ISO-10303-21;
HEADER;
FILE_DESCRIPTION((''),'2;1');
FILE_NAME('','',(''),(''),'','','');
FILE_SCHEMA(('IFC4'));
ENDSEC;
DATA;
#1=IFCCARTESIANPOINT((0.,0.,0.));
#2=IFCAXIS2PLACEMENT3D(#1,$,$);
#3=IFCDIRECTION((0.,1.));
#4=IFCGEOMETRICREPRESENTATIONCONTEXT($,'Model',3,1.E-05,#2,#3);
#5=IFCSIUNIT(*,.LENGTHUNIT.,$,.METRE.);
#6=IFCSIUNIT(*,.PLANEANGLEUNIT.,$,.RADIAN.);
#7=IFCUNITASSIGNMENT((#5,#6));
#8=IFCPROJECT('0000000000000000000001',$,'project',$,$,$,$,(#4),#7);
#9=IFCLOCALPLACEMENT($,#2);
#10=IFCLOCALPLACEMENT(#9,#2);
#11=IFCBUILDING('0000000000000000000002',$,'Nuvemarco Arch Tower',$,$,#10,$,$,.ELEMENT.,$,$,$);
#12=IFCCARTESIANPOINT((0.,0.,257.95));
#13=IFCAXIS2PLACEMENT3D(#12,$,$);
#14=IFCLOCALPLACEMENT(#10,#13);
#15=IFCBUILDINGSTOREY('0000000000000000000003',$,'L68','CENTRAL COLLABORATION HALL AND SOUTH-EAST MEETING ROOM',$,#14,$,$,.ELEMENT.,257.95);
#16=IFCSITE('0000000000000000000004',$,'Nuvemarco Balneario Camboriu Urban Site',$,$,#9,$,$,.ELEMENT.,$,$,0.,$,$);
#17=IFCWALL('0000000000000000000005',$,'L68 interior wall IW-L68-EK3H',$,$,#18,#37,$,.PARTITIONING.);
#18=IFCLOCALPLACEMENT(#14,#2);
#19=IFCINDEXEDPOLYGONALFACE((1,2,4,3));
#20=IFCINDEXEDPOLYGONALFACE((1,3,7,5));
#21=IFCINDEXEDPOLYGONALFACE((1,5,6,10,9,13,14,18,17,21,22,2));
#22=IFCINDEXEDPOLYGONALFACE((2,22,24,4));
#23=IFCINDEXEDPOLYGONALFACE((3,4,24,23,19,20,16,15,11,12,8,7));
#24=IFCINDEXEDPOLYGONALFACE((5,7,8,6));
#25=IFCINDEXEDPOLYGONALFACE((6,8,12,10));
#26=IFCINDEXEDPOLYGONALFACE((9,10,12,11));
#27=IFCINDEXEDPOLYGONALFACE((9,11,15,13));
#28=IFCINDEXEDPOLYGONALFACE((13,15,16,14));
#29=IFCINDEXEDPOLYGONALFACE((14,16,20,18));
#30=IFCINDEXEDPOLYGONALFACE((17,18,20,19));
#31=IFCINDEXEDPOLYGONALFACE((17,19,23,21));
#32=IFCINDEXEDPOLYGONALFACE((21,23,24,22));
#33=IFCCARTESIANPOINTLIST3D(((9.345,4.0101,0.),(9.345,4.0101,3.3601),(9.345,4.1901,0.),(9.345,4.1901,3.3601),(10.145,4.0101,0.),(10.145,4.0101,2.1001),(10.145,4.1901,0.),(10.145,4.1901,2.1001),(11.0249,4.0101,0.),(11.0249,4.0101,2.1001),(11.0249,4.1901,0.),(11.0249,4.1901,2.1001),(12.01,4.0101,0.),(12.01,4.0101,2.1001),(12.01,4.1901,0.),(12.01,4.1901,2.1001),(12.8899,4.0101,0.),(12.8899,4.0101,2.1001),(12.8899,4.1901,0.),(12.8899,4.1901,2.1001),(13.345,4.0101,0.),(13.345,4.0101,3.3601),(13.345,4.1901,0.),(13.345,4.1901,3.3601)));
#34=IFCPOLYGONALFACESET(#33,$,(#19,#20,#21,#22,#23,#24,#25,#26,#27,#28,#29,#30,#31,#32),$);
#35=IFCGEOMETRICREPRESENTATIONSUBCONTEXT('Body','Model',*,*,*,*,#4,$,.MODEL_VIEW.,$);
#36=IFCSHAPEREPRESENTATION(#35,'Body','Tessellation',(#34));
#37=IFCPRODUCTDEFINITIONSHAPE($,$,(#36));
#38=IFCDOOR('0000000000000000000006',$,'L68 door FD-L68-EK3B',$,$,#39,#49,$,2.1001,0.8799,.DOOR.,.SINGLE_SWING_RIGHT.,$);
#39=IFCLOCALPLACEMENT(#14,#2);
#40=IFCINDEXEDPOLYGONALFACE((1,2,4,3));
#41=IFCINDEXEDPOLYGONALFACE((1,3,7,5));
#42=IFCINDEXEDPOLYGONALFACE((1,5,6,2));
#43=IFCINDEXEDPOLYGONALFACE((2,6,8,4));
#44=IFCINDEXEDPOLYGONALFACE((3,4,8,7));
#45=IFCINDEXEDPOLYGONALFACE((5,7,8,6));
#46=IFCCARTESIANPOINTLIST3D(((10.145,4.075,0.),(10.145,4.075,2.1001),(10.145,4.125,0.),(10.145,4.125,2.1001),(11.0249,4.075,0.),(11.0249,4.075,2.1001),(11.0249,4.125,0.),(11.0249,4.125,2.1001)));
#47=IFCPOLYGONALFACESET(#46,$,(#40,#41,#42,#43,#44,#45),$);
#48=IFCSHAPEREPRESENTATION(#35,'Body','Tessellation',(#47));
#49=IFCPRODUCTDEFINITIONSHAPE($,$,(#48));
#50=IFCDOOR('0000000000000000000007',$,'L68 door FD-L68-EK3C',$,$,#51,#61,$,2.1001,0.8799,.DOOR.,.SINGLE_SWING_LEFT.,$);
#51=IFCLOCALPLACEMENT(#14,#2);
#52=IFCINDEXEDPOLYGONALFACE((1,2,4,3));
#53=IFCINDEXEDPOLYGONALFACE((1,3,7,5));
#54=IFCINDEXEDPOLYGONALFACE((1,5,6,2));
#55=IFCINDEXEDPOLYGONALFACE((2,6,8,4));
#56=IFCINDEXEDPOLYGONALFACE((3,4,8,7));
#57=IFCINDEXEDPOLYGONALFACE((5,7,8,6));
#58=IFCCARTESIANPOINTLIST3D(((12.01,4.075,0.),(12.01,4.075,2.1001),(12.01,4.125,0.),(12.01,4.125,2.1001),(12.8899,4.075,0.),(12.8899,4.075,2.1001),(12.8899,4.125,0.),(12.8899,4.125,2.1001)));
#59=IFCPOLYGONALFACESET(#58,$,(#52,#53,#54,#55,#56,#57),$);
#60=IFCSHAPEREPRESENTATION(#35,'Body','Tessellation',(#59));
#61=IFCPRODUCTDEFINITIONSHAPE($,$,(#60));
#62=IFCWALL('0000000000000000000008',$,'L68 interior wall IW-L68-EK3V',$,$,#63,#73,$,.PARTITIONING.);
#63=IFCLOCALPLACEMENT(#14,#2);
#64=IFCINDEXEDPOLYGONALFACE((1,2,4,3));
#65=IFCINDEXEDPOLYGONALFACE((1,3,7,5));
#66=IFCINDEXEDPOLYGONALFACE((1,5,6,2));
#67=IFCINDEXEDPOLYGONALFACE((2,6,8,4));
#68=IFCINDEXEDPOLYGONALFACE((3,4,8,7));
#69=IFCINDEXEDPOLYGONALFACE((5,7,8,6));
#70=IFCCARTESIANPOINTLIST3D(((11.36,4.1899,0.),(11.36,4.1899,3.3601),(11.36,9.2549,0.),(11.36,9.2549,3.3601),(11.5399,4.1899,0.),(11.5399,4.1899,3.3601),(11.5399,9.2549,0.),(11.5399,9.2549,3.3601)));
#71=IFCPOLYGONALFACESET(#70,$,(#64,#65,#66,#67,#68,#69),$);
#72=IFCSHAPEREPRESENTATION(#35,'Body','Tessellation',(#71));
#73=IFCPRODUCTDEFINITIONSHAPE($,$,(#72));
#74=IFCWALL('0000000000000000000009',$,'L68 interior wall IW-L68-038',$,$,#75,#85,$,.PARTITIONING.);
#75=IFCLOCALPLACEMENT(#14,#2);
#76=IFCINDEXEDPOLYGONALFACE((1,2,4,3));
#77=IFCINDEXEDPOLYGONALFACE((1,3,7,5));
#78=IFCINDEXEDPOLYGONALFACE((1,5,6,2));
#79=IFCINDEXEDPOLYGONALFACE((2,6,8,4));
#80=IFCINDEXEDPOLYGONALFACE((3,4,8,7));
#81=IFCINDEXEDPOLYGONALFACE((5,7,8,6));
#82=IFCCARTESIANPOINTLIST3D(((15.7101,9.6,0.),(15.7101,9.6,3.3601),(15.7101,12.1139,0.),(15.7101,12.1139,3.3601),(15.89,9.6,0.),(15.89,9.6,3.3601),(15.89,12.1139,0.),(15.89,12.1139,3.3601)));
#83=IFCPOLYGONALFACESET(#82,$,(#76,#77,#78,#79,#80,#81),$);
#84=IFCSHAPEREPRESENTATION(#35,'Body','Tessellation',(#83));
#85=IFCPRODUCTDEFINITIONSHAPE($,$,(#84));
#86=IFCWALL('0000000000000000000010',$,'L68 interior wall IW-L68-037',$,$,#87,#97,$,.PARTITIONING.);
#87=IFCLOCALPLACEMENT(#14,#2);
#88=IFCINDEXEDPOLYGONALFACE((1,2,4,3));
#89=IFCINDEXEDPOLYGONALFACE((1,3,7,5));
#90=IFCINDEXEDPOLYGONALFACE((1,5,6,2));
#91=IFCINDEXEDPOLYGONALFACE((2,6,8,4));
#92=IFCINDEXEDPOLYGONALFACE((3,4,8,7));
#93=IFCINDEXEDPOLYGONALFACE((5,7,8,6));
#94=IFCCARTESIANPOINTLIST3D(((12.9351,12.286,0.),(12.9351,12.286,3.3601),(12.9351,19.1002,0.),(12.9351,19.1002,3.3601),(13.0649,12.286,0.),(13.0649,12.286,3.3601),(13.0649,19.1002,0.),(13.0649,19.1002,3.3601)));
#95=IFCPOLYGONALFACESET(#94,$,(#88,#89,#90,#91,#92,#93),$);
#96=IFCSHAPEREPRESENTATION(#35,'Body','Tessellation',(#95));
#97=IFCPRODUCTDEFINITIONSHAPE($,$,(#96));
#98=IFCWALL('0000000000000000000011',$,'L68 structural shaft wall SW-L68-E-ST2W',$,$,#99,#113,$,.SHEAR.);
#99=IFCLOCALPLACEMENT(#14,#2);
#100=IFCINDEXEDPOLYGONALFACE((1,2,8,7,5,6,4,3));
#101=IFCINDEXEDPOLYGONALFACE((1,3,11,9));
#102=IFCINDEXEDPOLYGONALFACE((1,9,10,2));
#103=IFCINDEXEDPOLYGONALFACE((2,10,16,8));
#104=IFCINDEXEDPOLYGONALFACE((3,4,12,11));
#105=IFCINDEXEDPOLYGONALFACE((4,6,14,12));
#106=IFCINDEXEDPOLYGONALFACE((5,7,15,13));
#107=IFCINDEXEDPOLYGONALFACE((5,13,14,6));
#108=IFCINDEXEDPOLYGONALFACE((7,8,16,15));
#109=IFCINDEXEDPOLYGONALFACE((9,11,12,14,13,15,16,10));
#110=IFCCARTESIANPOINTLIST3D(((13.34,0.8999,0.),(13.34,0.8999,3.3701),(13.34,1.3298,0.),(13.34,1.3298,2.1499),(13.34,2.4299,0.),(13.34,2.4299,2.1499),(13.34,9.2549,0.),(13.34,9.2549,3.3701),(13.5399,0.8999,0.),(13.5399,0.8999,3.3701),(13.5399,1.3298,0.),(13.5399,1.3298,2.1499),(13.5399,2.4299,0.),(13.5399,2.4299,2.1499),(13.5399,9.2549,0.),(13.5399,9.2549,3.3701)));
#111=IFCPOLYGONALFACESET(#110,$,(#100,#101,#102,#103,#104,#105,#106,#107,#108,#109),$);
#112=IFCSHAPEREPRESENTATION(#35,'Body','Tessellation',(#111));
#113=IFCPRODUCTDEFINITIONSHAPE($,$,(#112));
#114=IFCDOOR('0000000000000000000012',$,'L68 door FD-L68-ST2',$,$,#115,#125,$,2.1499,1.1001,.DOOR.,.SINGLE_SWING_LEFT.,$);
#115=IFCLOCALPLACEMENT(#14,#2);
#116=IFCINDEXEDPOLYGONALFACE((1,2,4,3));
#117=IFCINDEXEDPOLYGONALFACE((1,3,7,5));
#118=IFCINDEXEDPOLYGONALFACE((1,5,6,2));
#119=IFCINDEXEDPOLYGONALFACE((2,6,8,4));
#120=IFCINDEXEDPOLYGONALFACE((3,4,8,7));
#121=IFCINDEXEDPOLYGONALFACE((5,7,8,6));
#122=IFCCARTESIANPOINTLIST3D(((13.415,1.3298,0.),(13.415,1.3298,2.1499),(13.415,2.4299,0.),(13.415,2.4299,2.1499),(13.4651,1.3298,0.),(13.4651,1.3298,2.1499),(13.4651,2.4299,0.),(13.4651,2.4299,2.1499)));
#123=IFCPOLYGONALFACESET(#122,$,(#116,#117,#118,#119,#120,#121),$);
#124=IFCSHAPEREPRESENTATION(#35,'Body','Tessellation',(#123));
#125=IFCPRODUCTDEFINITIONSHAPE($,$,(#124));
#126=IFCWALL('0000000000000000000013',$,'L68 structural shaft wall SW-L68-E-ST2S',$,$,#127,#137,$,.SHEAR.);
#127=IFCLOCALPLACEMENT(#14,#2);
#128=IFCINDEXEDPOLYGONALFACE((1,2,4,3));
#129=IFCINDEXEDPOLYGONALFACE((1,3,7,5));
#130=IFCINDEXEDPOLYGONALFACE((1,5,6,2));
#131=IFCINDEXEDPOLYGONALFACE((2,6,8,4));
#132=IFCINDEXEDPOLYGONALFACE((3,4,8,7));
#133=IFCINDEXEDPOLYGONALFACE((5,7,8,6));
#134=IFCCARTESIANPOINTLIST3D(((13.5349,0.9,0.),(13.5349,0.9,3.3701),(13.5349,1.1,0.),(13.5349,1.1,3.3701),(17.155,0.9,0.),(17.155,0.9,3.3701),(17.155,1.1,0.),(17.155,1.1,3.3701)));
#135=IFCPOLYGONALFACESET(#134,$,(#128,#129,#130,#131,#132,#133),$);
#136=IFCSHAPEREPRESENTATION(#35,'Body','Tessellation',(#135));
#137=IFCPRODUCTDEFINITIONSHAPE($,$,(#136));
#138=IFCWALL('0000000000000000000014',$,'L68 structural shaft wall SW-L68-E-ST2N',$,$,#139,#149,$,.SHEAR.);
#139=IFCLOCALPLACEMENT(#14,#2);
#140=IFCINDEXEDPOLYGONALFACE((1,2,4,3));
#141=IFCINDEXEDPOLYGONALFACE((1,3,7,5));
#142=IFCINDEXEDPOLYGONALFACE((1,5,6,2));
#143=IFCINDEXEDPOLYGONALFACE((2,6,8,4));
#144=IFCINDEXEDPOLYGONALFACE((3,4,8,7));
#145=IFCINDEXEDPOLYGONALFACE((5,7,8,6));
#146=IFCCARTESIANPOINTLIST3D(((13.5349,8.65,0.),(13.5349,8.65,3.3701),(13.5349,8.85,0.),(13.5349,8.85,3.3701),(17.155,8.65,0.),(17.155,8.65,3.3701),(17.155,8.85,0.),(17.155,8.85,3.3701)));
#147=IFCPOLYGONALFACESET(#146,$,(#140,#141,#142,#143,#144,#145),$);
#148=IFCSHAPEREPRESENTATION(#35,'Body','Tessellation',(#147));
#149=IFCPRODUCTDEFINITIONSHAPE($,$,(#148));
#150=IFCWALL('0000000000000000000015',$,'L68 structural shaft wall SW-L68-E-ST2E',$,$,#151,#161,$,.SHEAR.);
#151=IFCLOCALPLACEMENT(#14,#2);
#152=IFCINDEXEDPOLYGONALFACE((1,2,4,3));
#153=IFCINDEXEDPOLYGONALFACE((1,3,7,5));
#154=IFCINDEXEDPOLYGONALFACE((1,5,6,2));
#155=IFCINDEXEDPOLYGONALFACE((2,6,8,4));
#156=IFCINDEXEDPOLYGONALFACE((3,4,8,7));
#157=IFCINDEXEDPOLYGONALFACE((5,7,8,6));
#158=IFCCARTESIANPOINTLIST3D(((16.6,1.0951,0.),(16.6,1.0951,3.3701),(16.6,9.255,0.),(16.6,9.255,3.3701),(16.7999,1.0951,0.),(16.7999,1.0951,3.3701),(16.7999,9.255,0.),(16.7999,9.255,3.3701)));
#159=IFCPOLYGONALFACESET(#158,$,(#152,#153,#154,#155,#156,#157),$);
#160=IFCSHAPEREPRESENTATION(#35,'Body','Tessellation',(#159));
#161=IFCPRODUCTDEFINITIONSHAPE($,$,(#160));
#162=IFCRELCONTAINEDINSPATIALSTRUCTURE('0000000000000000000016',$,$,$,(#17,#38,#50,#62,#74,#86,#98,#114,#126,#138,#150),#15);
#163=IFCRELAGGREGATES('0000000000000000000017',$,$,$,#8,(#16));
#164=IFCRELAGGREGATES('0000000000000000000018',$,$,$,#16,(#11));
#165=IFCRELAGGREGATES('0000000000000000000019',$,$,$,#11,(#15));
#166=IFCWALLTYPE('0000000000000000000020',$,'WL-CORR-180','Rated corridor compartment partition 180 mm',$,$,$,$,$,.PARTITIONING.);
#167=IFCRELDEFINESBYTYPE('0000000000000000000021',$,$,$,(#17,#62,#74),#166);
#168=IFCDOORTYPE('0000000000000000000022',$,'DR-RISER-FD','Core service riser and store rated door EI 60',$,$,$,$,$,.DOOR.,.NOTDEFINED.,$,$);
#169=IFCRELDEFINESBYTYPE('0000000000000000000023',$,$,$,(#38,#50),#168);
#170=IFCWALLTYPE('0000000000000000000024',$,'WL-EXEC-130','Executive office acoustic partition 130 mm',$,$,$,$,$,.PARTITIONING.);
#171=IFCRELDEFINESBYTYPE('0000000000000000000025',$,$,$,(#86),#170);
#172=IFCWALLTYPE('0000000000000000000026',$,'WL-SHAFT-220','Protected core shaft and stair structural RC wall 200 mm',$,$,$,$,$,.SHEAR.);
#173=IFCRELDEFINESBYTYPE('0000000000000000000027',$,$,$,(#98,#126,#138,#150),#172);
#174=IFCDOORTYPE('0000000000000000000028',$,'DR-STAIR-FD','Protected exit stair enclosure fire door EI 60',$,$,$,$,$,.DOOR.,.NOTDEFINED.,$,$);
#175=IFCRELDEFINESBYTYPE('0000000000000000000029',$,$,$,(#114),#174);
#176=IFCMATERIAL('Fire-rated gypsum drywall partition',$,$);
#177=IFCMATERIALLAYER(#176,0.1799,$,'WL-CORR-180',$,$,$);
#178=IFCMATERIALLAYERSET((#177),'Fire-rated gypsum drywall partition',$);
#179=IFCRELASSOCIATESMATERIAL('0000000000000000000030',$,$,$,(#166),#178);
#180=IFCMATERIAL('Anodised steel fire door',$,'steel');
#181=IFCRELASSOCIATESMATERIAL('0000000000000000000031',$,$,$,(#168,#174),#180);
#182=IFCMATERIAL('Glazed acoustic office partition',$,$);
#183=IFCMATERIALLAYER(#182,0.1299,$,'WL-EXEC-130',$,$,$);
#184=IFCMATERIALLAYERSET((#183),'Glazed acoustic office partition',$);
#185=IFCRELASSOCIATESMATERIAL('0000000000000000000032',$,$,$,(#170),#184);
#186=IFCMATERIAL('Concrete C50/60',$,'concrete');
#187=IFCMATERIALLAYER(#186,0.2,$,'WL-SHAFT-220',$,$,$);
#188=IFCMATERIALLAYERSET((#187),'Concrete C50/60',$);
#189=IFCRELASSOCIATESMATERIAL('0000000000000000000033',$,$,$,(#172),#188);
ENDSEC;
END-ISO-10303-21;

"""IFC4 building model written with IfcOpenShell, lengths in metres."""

from ifc_helpers import new_model, si_unit, direction, frame, frame_2d, origin, place, context, subcontext, project, spatial, rectangle, extrude, source, transform, mapped, material, layer, layer_set, type_object, type_shapes, element, fill, save


model = new_model("IFC4")

# Units and contexts
model_context = context("Model", 3, precision=1e-05, world=origin(), true_north=direction((0.0, 1.0)))
body_context = subcontext(model_context, "Body", "Model", "MODEL_VIEW")
ifc_project = project(units=[si_unit("LENGTHUNIT", "METRE"), si_unit("PLANEANGLEUNIT", "RADIAN")], contexts=[model_context])

# Site, building, storey
site_placement = place(None, origin())
site = spatial("IfcSite", under=ifc_project, at=site_placement, Name="Nuvemarco Balneario Camboriu Urban Site", CompositionType="ELEMENT", RefElevation=0.0)
building_placement = place(site_placement, origin())
building = spatial("IfcBuilding", under=site, at=building_placement, Name="Nuvemarco Arch Tower", CompositionType="ELEMENT")
storey_placement = place(building_placement, frame((0.0, 0.0, 257.95)))
storey = spatial("IfcBuildingStorey", under=building, at=storey_placement, Name="L68", Description="CENTRAL COLLABORATION HALL AND SOUTH-EAST MEETING ROOM", CompositionType="ELEMENT", Elevation=257.95)

# Shared definitions
ifc_material_1 = material(Name="Concrete C50/60", Category="concrete")

# Wall, openings, doors
ifc_material_2 = material(Name="Fire-rated gypsum drywall partition")
ifc_layer_1 = layer(ifc_material_2, 0.1799, Name="WL-CORR-180")
ifc_layer_set_1 = layer_set([ifc_layer_1], Name="Fire-rated gypsum drywall partition")
wall_type_1 = type_object("IfcWallType", Name="WL-CORR-180", Description="Rated corridor compartment partition 180 mm", PredefinedType="PARTITIONING", material=ifc_layer_set_1)
wall_1_placement = place(storey_placement, frame((9.345, 4.1001, 0.0), z_axis=(0.0, 0.0, 1.0), x_axis=(1.0, 0.0, 0.0)))
wall_1 = element("IfcWall", 1, at=wall_1_placement, inside=storey, type_object=wall_type_1, Name="L68 interior wall IW-L68-EK3H", PredefinedType="PARTITIONING", context=body_context, shape_type="SweptSolid", body=[
    extrude(rectangle(XDim=4.0, YDim=0.1799, at=frame_2d((2.0, 0.0))), origin(), (0.0, 0.0, 1.0), 3.3601),
])
opening_1_placement = place(wall_1_placement, frame((0.8, 0.0, 0.0)))
opening_1 = element("IfcOpeningElement", 2, at=opening_1_placement, cuts=wall_1, PredefinedType="OPENING", context=body_context, shape_type="SweptSolid", body=[
    extrude(rectangle(XDim=0.8799, YDim=2.1001, at=frame_2d((0.4399, 1.05))), frame((0.0, 0.0999, 0.0), z_axis=(0.0, -1.0, 0.0), x_axis=(1.0, 0.0, 0.0)), (0.0, 0.0, 1.0), 0.2),
])
opening_2_placement = place(wall_1_placement, frame((2.665, 0.0, 0.0)))
opening_2 = element("IfcOpeningElement", 3, at=opening_2_placement, cuts=wall_1, PredefinedType="OPENING", context=body_context, shape_type="SweptSolid", body=[
    extrude(rectangle(XDim=0.8799, YDim=2.1001, at=frame_2d((0.4399, 1.05))), frame((0.0, 0.0999, 0.0), z_axis=(0.0, -1.0, 0.0), x_axis=(1.0, 0.0, 0.0)), (0.0, 0.0, 1.0), 0.2),
])
ifc_material_3 = material(Name="Anodised steel fire door", Category="steel")
door_type_1 = type_object("IfcDoorType", Name="DR-RISER-FD", Description="Core service riser and store rated door EI 60", OperationType="NOTDEFINED", PredefinedType="DOOR", material=ifc_material_3)
shared_shape_1 = source(origin(), body_context, "Body", "SweptSolid", [
    extrude(rectangle(XDim=0.8799, YDim=2.1001, at=frame_2d((0.4399, 1.05))), frame((0.0, 0.0249, 0.0), z_axis=(0.0, -1.0, 0.0), x_axis=(1.0, 0.0, 0.0)), (0.0, 0.0, 1.0), 0.05),
])
type_shapes(door_type_1, [shared_shape_1])
door_1_placement = place(opening_1_placement, origin())
door_1 = element("IfcDoor", 4, at=door_1_placement, inside=storey, type_object=door_type_1, Name="L68 door FD-L68-EK3B", OperationType="SINGLE_SWING_RIGHT", OverallHeight=2.1001, OverallWidth=0.8799, PredefinedType="DOOR", context=body_context, shape_type="MappedRepresentation", body=[
    mapped(shared_shape_1, transform((0.0, 0.0, 0.0), scale=1.0)),
])
fill(opening_1, door_1)
door_2_placement = place(opening_2_placement, origin())
door_2 = element("IfcDoor", 5, at=door_2_placement, inside=storey, type_object=door_type_1, Name="L68 door FD-L68-EK3C", OperationType="SINGLE_SWING_LEFT", OverallHeight=2.1001, OverallWidth=0.8799, PredefinedType="DOOR", context=body_context, shape_type="MappedRepresentation", body=[
    mapped(shared_shape_1, transform((0.0, 0.0, 0.0), scale=1.0)),
])
fill(opening_2, door_2)

# Walls
wall_2_placement = place(storey_placement, frame((11.45, 4.1899, 0.0), z_axis=(0.0, 0.0, 1.0), x_axis=(0.0, 1.0, 0.0)))
element("IfcWall", 6, at=wall_2_placement, inside=storey, type_object=wall_type_1, Name="L68 interior wall IW-L68-EK3V", PredefinedType="PARTITIONING", context=body_context, shape_type="SweptSolid", body=[
    extrude(rectangle(XDim=5.0649, YDim=0.1799, at=frame_2d((2.5325, 0.0))), origin(), (0.0, 0.0, 1.0), 3.3601),
])
wall_3_placement = place(storey_placement, frame((15.8, 9.6001, 0.0), z_axis=(0.0, 0.0, 1.0), x_axis=(0.0, 1.0, 0.0)))
element("IfcWall", 7, at=wall_3_placement, inside=storey, type_object=wall_type_1, Name="L68 interior wall IW-L68-038", PredefinedType="PARTITIONING", context=body_context, shape_type="SweptSolid", body=[
    extrude(rectangle(XDim=2.5139, YDim=0.1799, at=frame_2d((1.2568, 0.0))), origin(), (0.0, 0.0, 1.0), 3.3601),
])
ifc_material_4 = material(Name="Glazed acoustic office partition")
ifc_layer_2 = layer(ifc_material_4, 0.1299, Name="WL-EXEC-130")
ifc_layer_set_2 = layer_set([ifc_layer_2], Name="Glazed acoustic office partition")
wall_type_2 = type_object("IfcWallType", Name="WL-EXEC-130", Description="Executive office acoustic partition 130 mm", PredefinedType="PARTITIONING", material=ifc_layer_set_2)
wall_4_placement = place(storey_placement, frame((13.0, 12.2859, 0.0), z_axis=(0.0, 0.0, 1.0), x_axis=(0.0, 1.0, 0.0)))
element("IfcWall", 8, at=wall_4_placement, inside=storey, type_object=wall_type_2, Name="L68 interior wall IW-L68-037", PredefinedType="PARTITIONING", context=body_context, shape_type="SweptSolid", body=[
    extrude(rectangle(XDim=6.8142, YDim=0.1299, at=frame_2d((3.4072, 0.0))), origin(), (0.0, 0.0, 1.0), 3.3601),
])

# Wall, opening, door
ifc_layer_3 = layer(ifc_material_1, 0.2, Name="WL-SHAFT-220")
ifc_layer_set_3 = layer_set([ifc_layer_3], Name="Concrete C50/60")
wall_type_3 = type_object("IfcWallType", Name="WL-SHAFT-220", Description="Protected core shaft and stair structural RC wall 200 mm", PredefinedType="SHEAR", material=ifc_layer_set_3)
wall_5_placement = place(storey_placement, frame((13.4399, 0.8999, 0.0), z_axis=(0.0, 0.0, 1.0), x_axis=(0.0, 1.0, 0.0)))
wall_5 = element("IfcWall", 9, at=wall_5_placement, inside=storey, type_object=wall_type_3, Name="L68 structural shaft wall SW-L68-E-ST2W", PredefinedType="SHEAR", context=body_context, shape_type="SweptSolid", body=[
    extrude(rectangle(XDim=8.355, YDim=0.2, at=frame_2d((4.1775, 0.0))), origin(), (0.0, 0.0, 1.0), 3.3701),
])
opening_3_placement = place(wall_5_placement, frame((0.4299, 0.0, 0.0)))
opening_3 = element("IfcOpeningElement", 10, at=opening_3_placement, cuts=wall_5, PredefinedType="OPENING", context=body_context, shape_type="SweptSolid", body=[
    extrude(rectangle(XDim=1.1001, YDim=2.1499, at=frame_2d((0.55, 1.075))), frame((0.0, 0.1099, 0.0), z_axis=(0.0, -1.0, 0.0), x_axis=(1.0, 0.0, 0.0)), (0.0, 0.0, 1.0), 0.22),
])
door_type_2 = type_object("IfcDoorType", Name="DR-STAIR-FD", Description="Protected exit stair enclosure fire door EI 60", OperationType="NOTDEFINED", PredefinedType="DOOR", material=ifc_material_3)
shared_shape_2 = source(origin(), body_context, "Body", "SweptSolid", [
    extrude(rectangle(XDim=1.1001, YDim=2.1499, at=frame_2d((0.55, 1.075))), frame((0.0, 0.0249, 0.0), z_axis=(0.0, -1.0, 0.0), x_axis=(1.0, 0.0, 0.0)), (0.0, 0.0, 1.0), 0.05),
])
type_shapes(door_type_2, [shared_shape_2])
door_3_placement = place(opening_3_placement, origin())
door_3 = element("IfcDoor", 11, at=door_3_placement, inside=storey, type_object=door_type_2, Name="L68 door FD-L68-ST2", OperationType="SINGLE_SWING_LEFT", OverallHeight=2.1499, OverallWidth=1.1001, PredefinedType="DOOR", context=body_context, shape_type="MappedRepresentation", body=[
    mapped(shared_shape_2, transform((0.0, 0.0, 0.0), scale=1.0)),
])
fill(opening_3, door_3)

# Walls
for number, where, z_axis, x_axis, name in (
    (12, (13.5349, 1.0, 0.0), (0.0, 0.0, 1.0), (1.0, 0.0, 0.0), "L68 structural shaft wall SW-L68-E-ST2S"),
    (13, (13.5349, 8.75, 0.0), (0.0, 0.0, 1.0), (1.0, 0.0, 0.0), "L68 structural shaft wall SW-L68-E-ST2N"),
):
    element("IfcWall", number, at=place(storey_placement, frame(where, z_axis=z_axis, x_axis=x_axis)), inside=storey, type_object=wall_type_3, Name=name, PredefinedType="SHEAR", context=body_context, shape_type="SweptSolid", body=[
        extrude(rectangle(XDim=3.6201, YDim=0.2, at=frame_2d((1.8101, 0.0))), origin(), (0.0, 0.0, 1.0), 3.3701),
    ])
wall_6_placement = place(storey_placement, frame((16.7, 1.095, 0.0), z_axis=(0.0, 0.0, 1.0), x_axis=(0.0, 1.0, 0.0)))
element("IfcWall", 14, at=wall_6_placement, inside=storey, type_object=wall_type_3, Name="L68 structural shaft wall SW-L68-E-ST2E", PredefinedType="SHEAR", context=body_context, shape_type="SweptSolid", body=[
    extrude(rectangle(XDim=8.1599, YDim=0.2, at=frame_2d((4.0801, 0.0))), origin(), (0.0, 0.0, 1.0), 3.3701),
])

save(model, "model.ifc")
